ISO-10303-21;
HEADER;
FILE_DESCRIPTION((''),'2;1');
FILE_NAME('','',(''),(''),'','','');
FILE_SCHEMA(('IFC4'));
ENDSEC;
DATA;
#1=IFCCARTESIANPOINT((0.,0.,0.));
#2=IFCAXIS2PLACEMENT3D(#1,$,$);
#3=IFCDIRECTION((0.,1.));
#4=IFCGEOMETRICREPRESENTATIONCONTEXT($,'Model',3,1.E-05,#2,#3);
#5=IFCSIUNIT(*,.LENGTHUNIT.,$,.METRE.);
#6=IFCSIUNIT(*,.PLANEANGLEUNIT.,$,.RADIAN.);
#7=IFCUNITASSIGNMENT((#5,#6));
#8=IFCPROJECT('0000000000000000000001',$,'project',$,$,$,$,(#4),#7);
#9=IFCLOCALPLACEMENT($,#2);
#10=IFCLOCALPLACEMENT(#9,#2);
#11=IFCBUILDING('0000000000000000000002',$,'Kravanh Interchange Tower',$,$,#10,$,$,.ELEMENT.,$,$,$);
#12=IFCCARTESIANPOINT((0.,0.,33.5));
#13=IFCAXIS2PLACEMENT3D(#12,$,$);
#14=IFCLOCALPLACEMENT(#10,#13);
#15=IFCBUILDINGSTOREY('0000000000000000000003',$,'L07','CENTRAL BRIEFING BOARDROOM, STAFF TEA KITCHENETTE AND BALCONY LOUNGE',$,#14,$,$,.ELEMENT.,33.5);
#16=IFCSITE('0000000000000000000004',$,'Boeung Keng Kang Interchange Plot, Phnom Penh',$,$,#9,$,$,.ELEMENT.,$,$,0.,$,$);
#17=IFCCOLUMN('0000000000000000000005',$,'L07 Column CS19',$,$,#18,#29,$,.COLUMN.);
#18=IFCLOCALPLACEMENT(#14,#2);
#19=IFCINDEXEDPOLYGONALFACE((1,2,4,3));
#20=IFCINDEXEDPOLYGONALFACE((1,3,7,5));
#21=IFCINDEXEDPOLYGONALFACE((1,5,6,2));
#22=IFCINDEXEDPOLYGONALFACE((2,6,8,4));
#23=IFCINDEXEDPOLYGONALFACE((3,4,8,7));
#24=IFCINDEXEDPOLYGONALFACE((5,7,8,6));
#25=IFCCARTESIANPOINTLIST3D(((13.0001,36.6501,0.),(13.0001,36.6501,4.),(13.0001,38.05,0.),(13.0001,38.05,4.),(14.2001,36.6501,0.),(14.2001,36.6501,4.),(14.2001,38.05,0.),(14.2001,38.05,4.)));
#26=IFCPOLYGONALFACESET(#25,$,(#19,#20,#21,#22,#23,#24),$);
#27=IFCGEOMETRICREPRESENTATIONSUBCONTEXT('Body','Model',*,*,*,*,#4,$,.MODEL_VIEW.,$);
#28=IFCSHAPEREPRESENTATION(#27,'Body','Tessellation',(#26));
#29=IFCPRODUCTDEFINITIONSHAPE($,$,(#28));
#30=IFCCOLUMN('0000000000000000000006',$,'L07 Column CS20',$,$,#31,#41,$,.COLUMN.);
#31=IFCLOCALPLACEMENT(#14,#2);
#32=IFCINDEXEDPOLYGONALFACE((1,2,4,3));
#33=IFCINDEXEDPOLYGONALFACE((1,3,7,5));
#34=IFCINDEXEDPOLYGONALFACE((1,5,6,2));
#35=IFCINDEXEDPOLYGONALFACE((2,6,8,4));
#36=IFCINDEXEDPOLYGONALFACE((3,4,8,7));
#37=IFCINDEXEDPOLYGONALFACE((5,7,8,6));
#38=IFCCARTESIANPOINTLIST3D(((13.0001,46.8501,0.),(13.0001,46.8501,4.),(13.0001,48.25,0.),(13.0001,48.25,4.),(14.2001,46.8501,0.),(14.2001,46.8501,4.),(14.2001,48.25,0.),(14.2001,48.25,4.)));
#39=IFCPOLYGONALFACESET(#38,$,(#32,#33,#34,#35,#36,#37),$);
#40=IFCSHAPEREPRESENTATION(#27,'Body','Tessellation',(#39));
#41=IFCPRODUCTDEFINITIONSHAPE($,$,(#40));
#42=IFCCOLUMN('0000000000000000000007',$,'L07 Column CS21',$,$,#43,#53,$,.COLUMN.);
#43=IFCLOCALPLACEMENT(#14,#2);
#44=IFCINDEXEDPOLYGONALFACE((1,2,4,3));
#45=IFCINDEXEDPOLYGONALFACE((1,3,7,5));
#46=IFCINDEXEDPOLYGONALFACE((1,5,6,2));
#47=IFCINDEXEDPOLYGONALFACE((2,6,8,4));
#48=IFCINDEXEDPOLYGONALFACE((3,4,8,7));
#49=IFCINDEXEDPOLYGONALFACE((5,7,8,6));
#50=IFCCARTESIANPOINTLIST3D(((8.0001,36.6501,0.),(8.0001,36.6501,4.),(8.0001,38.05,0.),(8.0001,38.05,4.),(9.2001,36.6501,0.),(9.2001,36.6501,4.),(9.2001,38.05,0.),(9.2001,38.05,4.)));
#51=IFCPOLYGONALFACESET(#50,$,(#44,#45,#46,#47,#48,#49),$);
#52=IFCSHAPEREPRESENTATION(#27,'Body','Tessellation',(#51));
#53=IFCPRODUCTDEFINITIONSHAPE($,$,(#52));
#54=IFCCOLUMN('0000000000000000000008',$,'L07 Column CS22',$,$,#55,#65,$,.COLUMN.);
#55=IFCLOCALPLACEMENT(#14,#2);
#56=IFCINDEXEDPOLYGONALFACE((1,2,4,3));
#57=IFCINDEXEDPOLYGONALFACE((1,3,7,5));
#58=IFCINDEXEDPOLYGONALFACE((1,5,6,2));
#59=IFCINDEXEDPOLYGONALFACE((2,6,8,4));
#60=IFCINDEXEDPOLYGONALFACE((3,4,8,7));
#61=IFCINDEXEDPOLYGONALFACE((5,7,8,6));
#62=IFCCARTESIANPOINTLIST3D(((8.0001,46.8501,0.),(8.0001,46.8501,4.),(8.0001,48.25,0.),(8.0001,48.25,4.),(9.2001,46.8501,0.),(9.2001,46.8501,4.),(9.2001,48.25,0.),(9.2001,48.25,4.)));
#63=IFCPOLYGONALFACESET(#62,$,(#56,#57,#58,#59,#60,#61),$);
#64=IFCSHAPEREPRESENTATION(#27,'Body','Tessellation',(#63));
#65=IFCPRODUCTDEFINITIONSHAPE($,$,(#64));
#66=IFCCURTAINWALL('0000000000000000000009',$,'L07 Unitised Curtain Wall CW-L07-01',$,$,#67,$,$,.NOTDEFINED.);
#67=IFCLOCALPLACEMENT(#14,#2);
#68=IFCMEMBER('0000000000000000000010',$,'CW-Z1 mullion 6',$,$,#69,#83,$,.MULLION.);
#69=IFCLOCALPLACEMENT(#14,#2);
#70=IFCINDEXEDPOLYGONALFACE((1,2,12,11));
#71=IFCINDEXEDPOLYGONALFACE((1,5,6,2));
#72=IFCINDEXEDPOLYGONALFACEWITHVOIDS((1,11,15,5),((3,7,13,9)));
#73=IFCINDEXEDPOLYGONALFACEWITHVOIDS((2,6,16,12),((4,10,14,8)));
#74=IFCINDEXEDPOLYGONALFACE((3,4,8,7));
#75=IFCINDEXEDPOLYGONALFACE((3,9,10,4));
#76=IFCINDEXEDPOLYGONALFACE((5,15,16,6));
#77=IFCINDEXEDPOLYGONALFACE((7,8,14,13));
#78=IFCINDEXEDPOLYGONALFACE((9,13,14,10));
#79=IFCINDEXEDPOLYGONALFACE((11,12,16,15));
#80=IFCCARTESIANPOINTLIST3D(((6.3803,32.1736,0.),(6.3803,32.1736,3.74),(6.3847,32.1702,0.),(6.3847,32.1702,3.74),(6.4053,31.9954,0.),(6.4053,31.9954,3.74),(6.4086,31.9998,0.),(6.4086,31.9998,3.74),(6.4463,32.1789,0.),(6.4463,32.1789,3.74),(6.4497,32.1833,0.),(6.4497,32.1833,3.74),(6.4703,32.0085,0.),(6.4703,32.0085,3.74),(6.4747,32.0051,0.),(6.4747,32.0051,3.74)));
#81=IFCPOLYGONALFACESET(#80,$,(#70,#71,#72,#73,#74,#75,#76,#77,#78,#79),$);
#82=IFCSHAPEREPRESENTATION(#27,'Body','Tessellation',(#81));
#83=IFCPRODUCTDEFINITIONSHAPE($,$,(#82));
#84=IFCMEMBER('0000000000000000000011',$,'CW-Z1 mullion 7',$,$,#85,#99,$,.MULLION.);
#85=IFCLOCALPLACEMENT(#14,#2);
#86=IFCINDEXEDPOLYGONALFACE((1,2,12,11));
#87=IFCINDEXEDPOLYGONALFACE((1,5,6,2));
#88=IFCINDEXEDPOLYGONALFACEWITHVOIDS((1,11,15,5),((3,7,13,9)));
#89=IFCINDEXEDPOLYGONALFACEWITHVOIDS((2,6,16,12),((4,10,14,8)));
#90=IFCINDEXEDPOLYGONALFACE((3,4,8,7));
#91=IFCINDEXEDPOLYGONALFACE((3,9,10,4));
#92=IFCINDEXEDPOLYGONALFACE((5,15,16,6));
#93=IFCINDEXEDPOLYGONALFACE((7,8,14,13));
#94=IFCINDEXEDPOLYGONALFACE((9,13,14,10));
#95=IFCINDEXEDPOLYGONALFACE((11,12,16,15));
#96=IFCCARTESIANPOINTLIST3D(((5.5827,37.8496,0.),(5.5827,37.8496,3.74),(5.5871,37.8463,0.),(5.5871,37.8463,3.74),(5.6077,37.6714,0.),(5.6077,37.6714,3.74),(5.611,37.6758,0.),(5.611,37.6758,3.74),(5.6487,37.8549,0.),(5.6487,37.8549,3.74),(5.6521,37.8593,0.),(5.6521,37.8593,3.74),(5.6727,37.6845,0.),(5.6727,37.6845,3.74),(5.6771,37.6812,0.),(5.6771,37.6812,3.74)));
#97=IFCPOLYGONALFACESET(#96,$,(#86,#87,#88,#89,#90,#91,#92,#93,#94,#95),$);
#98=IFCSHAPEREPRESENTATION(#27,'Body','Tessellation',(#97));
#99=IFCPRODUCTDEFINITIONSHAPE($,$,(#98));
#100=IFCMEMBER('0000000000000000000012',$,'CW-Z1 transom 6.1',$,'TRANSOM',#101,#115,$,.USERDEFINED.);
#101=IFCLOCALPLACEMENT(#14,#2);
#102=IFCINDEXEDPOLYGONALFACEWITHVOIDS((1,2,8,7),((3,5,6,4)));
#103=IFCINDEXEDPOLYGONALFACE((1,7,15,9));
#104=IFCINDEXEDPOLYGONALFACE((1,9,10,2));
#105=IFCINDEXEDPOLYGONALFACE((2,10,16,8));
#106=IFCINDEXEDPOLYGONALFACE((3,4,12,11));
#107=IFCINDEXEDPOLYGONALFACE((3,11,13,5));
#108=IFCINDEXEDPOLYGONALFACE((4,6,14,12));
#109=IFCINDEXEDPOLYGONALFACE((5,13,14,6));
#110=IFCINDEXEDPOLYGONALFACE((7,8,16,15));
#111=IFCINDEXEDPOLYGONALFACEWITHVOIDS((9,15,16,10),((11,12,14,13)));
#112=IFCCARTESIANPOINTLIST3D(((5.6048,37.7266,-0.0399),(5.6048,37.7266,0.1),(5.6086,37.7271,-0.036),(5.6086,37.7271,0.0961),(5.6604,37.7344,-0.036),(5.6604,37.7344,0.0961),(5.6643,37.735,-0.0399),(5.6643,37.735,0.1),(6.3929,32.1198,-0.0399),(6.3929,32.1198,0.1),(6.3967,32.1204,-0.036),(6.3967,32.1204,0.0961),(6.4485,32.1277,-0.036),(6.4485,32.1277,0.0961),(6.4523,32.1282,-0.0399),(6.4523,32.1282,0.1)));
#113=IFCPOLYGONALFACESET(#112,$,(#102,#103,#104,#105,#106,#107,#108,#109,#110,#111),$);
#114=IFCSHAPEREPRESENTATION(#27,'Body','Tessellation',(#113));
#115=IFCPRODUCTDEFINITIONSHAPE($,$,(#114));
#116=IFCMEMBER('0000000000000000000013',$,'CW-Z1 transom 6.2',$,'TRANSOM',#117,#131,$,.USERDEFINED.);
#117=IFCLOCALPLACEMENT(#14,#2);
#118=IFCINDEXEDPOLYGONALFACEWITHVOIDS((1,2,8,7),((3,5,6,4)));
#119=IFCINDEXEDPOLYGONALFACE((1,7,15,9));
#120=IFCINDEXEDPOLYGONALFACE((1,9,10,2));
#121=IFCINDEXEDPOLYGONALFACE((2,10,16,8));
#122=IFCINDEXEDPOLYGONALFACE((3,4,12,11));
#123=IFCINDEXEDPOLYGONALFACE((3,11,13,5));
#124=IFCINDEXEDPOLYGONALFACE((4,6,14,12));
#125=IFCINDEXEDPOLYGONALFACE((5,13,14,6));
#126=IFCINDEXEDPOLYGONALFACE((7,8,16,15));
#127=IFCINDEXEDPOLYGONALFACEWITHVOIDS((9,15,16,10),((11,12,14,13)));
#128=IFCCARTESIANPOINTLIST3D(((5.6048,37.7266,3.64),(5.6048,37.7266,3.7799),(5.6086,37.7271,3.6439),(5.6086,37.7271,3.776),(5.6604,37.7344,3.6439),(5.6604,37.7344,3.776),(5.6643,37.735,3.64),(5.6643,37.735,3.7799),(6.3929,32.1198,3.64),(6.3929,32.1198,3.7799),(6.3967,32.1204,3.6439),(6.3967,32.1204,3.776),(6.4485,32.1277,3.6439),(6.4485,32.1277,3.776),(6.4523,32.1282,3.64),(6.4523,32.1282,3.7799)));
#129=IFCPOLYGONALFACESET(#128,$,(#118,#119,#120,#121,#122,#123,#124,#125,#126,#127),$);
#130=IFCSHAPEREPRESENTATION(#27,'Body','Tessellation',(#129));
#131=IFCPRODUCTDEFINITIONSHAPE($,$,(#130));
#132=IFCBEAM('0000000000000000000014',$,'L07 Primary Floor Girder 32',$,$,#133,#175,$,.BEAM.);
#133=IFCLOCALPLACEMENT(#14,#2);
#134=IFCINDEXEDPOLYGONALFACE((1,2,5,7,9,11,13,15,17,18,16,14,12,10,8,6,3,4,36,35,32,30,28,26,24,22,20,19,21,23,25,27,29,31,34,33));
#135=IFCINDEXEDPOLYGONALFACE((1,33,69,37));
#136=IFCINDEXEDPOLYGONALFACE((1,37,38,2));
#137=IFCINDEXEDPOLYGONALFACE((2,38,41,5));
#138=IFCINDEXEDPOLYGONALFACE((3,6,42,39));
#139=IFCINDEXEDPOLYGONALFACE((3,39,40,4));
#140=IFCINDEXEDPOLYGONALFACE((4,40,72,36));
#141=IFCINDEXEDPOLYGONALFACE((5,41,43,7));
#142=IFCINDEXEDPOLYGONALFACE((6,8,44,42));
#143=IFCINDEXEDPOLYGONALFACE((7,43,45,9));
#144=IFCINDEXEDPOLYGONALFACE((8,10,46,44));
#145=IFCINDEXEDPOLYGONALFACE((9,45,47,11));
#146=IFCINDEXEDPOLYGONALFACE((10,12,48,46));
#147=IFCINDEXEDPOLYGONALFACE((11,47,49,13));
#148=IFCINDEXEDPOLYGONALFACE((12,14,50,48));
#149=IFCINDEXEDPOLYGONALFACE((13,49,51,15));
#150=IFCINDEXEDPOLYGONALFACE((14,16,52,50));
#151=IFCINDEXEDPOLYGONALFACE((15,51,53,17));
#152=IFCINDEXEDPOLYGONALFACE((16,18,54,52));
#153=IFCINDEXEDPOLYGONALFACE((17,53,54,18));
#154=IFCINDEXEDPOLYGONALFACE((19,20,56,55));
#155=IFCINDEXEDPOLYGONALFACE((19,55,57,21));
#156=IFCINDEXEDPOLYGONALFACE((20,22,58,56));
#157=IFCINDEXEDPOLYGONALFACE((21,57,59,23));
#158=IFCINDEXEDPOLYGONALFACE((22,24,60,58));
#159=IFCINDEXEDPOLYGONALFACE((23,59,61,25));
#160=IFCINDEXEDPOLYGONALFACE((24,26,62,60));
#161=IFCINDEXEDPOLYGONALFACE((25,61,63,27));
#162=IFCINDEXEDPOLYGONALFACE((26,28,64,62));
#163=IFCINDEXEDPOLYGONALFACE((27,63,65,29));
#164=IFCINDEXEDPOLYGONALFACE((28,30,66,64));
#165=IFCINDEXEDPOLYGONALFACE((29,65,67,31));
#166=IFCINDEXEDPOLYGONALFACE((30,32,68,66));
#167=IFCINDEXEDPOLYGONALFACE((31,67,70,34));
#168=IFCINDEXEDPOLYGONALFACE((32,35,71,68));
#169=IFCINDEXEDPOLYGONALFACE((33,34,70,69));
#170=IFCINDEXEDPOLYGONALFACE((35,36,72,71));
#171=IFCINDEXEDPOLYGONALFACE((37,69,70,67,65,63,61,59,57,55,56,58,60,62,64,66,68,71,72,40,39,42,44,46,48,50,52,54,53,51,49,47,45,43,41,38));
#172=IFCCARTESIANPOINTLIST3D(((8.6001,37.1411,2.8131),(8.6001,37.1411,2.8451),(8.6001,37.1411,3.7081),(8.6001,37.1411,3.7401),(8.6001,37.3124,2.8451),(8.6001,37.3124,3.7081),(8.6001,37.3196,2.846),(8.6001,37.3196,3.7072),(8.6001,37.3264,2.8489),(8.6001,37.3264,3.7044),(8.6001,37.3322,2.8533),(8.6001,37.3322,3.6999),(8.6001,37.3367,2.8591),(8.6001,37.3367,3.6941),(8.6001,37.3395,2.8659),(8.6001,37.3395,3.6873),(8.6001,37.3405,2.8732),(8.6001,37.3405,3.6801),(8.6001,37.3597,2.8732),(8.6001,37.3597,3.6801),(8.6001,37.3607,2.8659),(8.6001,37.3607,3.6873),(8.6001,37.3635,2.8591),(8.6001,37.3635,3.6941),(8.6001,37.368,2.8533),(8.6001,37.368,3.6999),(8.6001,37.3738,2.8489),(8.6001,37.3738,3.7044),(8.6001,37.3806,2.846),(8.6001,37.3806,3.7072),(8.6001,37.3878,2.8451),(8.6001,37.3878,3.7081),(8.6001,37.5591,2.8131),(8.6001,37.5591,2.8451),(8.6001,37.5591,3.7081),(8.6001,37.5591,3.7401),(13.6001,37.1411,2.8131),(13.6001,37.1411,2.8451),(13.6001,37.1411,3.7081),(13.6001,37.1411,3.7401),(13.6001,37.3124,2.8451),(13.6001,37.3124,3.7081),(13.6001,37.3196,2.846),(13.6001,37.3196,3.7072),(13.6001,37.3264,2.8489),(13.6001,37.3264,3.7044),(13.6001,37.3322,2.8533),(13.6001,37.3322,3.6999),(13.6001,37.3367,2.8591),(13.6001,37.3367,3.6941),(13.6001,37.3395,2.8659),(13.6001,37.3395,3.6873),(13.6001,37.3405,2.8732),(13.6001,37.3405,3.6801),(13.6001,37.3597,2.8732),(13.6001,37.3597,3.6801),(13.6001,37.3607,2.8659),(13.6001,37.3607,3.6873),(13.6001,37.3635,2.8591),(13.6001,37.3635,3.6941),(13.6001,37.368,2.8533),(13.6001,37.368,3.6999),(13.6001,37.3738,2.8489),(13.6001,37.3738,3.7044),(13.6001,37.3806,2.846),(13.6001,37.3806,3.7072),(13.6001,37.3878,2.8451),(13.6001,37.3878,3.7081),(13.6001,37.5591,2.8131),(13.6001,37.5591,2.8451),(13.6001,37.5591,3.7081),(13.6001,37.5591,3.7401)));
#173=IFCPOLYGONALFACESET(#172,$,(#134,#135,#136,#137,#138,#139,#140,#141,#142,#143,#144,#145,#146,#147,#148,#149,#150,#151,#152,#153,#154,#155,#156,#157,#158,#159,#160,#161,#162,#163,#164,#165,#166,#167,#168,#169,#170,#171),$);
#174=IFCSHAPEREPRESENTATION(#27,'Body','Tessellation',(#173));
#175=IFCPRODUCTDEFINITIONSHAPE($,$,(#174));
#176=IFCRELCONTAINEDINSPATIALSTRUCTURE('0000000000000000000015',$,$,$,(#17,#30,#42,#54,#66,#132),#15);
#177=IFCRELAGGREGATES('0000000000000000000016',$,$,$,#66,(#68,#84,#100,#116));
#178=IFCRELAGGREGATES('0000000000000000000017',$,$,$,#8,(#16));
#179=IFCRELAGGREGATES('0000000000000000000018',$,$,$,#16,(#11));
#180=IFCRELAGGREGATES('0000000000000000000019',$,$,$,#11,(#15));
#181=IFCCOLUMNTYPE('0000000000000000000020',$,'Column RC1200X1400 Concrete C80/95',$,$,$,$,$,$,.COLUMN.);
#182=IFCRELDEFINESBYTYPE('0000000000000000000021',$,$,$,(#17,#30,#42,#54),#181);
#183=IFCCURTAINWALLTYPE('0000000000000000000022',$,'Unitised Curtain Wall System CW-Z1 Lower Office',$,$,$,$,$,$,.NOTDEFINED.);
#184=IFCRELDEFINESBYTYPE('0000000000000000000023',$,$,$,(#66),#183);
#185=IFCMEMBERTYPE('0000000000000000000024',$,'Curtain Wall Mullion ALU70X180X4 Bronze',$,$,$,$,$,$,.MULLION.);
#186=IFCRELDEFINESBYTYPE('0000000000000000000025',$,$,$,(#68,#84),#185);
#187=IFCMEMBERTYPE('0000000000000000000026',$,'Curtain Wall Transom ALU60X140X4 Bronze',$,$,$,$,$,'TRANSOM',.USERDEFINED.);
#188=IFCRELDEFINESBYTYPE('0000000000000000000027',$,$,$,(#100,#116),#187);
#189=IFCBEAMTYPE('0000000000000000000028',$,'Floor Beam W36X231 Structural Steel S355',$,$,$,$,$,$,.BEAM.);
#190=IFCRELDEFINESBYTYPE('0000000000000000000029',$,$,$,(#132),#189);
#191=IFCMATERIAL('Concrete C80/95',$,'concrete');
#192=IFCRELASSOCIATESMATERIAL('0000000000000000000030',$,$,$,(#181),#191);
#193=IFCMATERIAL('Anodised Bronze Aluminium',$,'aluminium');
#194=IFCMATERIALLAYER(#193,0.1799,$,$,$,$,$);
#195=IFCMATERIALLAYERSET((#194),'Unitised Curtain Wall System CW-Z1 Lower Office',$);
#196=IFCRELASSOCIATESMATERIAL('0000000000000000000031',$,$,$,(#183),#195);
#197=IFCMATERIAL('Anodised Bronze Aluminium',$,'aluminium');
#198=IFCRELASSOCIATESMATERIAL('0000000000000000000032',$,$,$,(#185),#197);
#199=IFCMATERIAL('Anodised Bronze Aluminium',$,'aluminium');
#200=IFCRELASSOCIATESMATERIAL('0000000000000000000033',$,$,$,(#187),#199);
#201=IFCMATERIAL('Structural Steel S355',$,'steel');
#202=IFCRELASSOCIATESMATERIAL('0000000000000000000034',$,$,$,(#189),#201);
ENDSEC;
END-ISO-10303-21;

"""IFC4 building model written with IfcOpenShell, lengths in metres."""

from ifc_helpers import new_model, si_unit, direction, frame, origin, origin_2d, place, context, subcontext, project, spatial, rectangle, hollow_rectangle, i_section, extrude, material, layer, layer_set, material_profile, profile_set, type_object, element, aggregate, save


model = new_model("IFC4")

# Units and contexts
model_context = context("Model", 3, precision=1e-05, world=origin(), true_north=direction((0.0, 1.0)))
body_context = subcontext(model_context, "Body", "Model", "MODEL_VIEW")
ifc_project = project(units=[si_unit("LENGTHUNIT", "METRE"), si_unit("PLANEANGLEUNIT", "RADIAN")], contexts=[model_context])

# Site, building, storey
site_placement = place(None, origin())
site = spatial("IfcSite", under=ifc_project, at=site_placement, Name="Boeung Keng Kang Interchange Plot, Phnom Penh", CompositionType="ELEMENT", RefElevation=0.0)
building_placement = place(site_placement, origin())
building = spatial("IfcBuilding", under=site, at=building_placement, Name="Kravanh Interchange Tower", CompositionType="ELEMENT")
storey_placement = place(building_placement, frame((0.0, 0.0, 33.5)))
storey = spatial("IfcBuildingStorey", under=building, at=storey_placement, Name="L07", Description="CENTRAL BRIEFING BOARDROOM, STAFF TEA KITCHENETTE AND BALCONY LOUNGE", CompositionType="ELEMENT", Elevation=33.5)

# Columns
ifc_material_1 = material(Name="Concrete C80/95", Category="concrete")
ifc_material_profile_1 = material_profile(ifc_material_1, rectangle(XDim=1.2, YDim=1.3999, at=origin_2d()), Name="RC1200X1400")
ifc_profile_set_1 = profile_set([ifc_material_profile_1], Name="Concrete C80/95")
column_type = type_object("IfcColumnType", Name="Column RC1200X1400 Concrete C80/95", PredefinedType="COLUMN", material=ifc_profile_set_1)
for number, where, z_axis, x_axis, name in (
    (1, (13.6001, 37.3501, 0.0), (0.0, 0.0, 1.0), (1.0, 0.0, 0.0), "L07 Column CS19"),
    (2, (13.6001, 47.55, 0.0), (0.0, 0.0, 1.0), (1.0, 0.0, 0.0), "L07 Column CS20"),
    (3, (8.6001, 37.3501, 0.0), (0.0, 0.0, 1.0), (1.0, 0.0, 0.0), "L07 Column CS21"),
    (4, (8.6001, 47.55, 0.0), (0.0, 0.0, 1.0), (1.0, 0.0, 0.0), "L07 Column CS22"),
):
    element("IfcColumn", number, at=place(storey_placement, frame(where, z_axis=z_axis, x_axis=x_axis)), inside=storey, type_object=column_type, Name=name, PredefinedType="COLUMN", context=body_context, shape_type="SweptSolid", body=[
        extrude(rectangle(XDim=1.2, YDim=1.3999, at=origin_2d()), origin(), (0.0, 0.0, 1.0), 4.0),
    ])

# Curtain wall, members
ifc_material_2 = material(Name="Anodised Bronze Aluminium", Category="aluminium")
ifc_layer_1 = layer(ifc_material_2, 0.1799)
ifc_layer_set_1 = layer_set([ifc_layer_1], Name="Unitised Curtain Wall System CW-Z1 Lower Office")
curtain_wall_type = type_object("IfcCurtainWallType", Name="Unitised Curtain Wall System CW-Z1 Lower Office", PredefinedType="NOTDEFINED", material=ifc_layer_set_1)
curtain_wall_placement = place(storey_placement, origin())
curtain_wall = element("IfcCurtainWall", 5, at=curtain_wall_placement, inside=storey, type_object=curtain_wall_type, Name="L07 Unitised Curtain Wall CW-L07-01", PredefinedType="NOTDEFINED")
ifc_material_3 = material(Name="Anodised Bronze Aluminium", Category="aluminium")
ifc_material_profile_2 = material_profile(ifc_material_3, hollow_rectangle(XDim=0.0701, YDim=0.1799, WallThickness=0.0039, at=origin_2d()), Name="ALU70X180X4")
ifc_profile_set_2 = profile_set([ifc_material_profile_2], Name="Anodised Bronze Aluminium")
member_type_1 = type_object("IfcMemberType", Name="Curtain Wall Mullion ALU70X180X4 Bronze", PredefinedType="MULLION", material=ifc_profile_set_2)
member_1_placement = place(storey_placement, frame((6.4275, 32.0894, 0.0), z_axis=(0.0, 0.0, 1.0), x_axis=(-0.990268, -0.139177, 0.0)))
member_1 = element("IfcMember", 6, at=member_1_placement, type_object=member_type_1, Name="CW-Z1 mullion 6", PredefinedType="MULLION", context=body_context, shape_type="SweptSolid", body=[
    extrude(hollow_rectangle(XDim=0.0701, YDim=0.1799, WallThickness=0.0039, at=origin_2d()), origin(), (0.0, 0.0, 1.0), 3.74),
])
member_2_placement = place(storey_placement, frame((5.6299, 37.7654, 0.0), z_axis=(0.0, 0.0, 1.0), x_axis=(-0.990268, -0.139177, 0.0)))
member_2 = element("IfcMember", 7, at=member_2_placement, type_object=member_type_1, Name="CW-Z1 mullion 7", PredefinedType="MULLION", context=body_context, shape_type="SweptSolid", body=[
    extrude(hollow_rectangle(XDim=0.0701, YDim=0.1799, WallThickness=0.0039, at=origin_2d()), origin(), (0.0, 0.0, 1.0), 3.74),
])
ifc_material_4 = material(Name="Anodised Bronze Aluminium", Category="aluminium")
ifc_material_profile_3 = material_profile(ifc_material_4, hollow_rectangle(XDim=0.0601, YDim=0.1399, WallThickness=0.0039, at=origin_2d()), Name="ALU60X140X4")
ifc_profile_set_3 = profile_set([ifc_material_profile_3], Name="Anodised Bronze Aluminium")
member_type_2 = type_object("IfcMemberType", Name="Curtain Wall Transom ALU60X140X4 Bronze", ElementType="TRANSOM", PredefinedType="USERDEFINED", material=ifc_profile_set_3)
member_3_placement = place(storey_placement, frame((6.4226, 32.124, 0.03), z_axis=(-0.139193, 0.990265, 0.0), x_axis=(-0.990265, -0.139193, 0.0)))
member_3 = element("IfcMember", 8, at=member_3_placement, type_object=member_type_2, Name="CW-Z1 transom 6.1", ObjectType="TRANSOM", PredefinedType="USERDEFINED", context=body_context, shape_type="SweptSolid", body=[
    extrude(hollow_rectangle(XDim=0.0601, YDim=0.1399, WallThickness=0.0039, at=origin_2d()), origin(), (0.0, 0.0, 1.0), 5.6619),
])
member_4_placement = place(storey_placement, frame((6.4226, 32.124, 3.71), z_axis=(-0.139193, 0.990265, 0.0), x_axis=(-0.990265, -0.139193, 0.0)))
member_4 = element("IfcMember", 9, at=member_4_placement, type_object=member_type_2, Name="CW-Z1 transom 6.2", ObjectType="TRANSOM", PredefinedType="USERDEFINED", context=body_context, shape_type="SweptSolid", body=[
    extrude(hollow_rectangle(XDim=0.0601, YDim=0.1399, WallThickness=0.0039, at=origin_2d()), origin(), (0.0, 0.0, 1.0), 5.6619),
])

# Beam
ifc_material_5 = material(Name="Structural Steel S355", Category="steel")
ifc_material_profile_4 = material_profile(ifc_material_5, i_section(OverallWidth=0.418, OverallDepth=0.927, WebThickness=0.0193, FlangeThickness=0.032, FilletRadius=0.0281, at=origin_2d()), Name="W36X231")
ifc_profile_set_4 = profile_set([ifc_material_profile_4], Name="Structural Steel S355")
beam_type = type_object("IfcBeamType", Name="Floor Beam W36X231 Structural Steel S355", PredefinedType="BEAM", material=ifc_profile_set_4)
beam_1_placement = place(storey_placement, frame((13.6001, 37.3501, 3.2766), z_axis=(-1.0, 0.0, 0.0), x_axis=(0.0, -1.0, 0.0)))
element("IfcBeam", 10, at=beam_1_placement, inside=storey, type_object=beam_type, Name="L07 Primary Floor Girder 32", PredefinedType="BEAM", context=body_context, shape_type="SweptSolid", body=[
    extrude(i_section(OverallWidth=0.418, OverallDepth=0.927, WebThickness=0.0193, FlangeThickness=0.032, FilletRadius=0.0281, at=origin_2d()), origin(), (0.0, 0.0, 1.0), 5.0),
])

aggregate(curtain_wall, [member_1, member_2, member_3, member_4])

save(model, "model.ifc")
